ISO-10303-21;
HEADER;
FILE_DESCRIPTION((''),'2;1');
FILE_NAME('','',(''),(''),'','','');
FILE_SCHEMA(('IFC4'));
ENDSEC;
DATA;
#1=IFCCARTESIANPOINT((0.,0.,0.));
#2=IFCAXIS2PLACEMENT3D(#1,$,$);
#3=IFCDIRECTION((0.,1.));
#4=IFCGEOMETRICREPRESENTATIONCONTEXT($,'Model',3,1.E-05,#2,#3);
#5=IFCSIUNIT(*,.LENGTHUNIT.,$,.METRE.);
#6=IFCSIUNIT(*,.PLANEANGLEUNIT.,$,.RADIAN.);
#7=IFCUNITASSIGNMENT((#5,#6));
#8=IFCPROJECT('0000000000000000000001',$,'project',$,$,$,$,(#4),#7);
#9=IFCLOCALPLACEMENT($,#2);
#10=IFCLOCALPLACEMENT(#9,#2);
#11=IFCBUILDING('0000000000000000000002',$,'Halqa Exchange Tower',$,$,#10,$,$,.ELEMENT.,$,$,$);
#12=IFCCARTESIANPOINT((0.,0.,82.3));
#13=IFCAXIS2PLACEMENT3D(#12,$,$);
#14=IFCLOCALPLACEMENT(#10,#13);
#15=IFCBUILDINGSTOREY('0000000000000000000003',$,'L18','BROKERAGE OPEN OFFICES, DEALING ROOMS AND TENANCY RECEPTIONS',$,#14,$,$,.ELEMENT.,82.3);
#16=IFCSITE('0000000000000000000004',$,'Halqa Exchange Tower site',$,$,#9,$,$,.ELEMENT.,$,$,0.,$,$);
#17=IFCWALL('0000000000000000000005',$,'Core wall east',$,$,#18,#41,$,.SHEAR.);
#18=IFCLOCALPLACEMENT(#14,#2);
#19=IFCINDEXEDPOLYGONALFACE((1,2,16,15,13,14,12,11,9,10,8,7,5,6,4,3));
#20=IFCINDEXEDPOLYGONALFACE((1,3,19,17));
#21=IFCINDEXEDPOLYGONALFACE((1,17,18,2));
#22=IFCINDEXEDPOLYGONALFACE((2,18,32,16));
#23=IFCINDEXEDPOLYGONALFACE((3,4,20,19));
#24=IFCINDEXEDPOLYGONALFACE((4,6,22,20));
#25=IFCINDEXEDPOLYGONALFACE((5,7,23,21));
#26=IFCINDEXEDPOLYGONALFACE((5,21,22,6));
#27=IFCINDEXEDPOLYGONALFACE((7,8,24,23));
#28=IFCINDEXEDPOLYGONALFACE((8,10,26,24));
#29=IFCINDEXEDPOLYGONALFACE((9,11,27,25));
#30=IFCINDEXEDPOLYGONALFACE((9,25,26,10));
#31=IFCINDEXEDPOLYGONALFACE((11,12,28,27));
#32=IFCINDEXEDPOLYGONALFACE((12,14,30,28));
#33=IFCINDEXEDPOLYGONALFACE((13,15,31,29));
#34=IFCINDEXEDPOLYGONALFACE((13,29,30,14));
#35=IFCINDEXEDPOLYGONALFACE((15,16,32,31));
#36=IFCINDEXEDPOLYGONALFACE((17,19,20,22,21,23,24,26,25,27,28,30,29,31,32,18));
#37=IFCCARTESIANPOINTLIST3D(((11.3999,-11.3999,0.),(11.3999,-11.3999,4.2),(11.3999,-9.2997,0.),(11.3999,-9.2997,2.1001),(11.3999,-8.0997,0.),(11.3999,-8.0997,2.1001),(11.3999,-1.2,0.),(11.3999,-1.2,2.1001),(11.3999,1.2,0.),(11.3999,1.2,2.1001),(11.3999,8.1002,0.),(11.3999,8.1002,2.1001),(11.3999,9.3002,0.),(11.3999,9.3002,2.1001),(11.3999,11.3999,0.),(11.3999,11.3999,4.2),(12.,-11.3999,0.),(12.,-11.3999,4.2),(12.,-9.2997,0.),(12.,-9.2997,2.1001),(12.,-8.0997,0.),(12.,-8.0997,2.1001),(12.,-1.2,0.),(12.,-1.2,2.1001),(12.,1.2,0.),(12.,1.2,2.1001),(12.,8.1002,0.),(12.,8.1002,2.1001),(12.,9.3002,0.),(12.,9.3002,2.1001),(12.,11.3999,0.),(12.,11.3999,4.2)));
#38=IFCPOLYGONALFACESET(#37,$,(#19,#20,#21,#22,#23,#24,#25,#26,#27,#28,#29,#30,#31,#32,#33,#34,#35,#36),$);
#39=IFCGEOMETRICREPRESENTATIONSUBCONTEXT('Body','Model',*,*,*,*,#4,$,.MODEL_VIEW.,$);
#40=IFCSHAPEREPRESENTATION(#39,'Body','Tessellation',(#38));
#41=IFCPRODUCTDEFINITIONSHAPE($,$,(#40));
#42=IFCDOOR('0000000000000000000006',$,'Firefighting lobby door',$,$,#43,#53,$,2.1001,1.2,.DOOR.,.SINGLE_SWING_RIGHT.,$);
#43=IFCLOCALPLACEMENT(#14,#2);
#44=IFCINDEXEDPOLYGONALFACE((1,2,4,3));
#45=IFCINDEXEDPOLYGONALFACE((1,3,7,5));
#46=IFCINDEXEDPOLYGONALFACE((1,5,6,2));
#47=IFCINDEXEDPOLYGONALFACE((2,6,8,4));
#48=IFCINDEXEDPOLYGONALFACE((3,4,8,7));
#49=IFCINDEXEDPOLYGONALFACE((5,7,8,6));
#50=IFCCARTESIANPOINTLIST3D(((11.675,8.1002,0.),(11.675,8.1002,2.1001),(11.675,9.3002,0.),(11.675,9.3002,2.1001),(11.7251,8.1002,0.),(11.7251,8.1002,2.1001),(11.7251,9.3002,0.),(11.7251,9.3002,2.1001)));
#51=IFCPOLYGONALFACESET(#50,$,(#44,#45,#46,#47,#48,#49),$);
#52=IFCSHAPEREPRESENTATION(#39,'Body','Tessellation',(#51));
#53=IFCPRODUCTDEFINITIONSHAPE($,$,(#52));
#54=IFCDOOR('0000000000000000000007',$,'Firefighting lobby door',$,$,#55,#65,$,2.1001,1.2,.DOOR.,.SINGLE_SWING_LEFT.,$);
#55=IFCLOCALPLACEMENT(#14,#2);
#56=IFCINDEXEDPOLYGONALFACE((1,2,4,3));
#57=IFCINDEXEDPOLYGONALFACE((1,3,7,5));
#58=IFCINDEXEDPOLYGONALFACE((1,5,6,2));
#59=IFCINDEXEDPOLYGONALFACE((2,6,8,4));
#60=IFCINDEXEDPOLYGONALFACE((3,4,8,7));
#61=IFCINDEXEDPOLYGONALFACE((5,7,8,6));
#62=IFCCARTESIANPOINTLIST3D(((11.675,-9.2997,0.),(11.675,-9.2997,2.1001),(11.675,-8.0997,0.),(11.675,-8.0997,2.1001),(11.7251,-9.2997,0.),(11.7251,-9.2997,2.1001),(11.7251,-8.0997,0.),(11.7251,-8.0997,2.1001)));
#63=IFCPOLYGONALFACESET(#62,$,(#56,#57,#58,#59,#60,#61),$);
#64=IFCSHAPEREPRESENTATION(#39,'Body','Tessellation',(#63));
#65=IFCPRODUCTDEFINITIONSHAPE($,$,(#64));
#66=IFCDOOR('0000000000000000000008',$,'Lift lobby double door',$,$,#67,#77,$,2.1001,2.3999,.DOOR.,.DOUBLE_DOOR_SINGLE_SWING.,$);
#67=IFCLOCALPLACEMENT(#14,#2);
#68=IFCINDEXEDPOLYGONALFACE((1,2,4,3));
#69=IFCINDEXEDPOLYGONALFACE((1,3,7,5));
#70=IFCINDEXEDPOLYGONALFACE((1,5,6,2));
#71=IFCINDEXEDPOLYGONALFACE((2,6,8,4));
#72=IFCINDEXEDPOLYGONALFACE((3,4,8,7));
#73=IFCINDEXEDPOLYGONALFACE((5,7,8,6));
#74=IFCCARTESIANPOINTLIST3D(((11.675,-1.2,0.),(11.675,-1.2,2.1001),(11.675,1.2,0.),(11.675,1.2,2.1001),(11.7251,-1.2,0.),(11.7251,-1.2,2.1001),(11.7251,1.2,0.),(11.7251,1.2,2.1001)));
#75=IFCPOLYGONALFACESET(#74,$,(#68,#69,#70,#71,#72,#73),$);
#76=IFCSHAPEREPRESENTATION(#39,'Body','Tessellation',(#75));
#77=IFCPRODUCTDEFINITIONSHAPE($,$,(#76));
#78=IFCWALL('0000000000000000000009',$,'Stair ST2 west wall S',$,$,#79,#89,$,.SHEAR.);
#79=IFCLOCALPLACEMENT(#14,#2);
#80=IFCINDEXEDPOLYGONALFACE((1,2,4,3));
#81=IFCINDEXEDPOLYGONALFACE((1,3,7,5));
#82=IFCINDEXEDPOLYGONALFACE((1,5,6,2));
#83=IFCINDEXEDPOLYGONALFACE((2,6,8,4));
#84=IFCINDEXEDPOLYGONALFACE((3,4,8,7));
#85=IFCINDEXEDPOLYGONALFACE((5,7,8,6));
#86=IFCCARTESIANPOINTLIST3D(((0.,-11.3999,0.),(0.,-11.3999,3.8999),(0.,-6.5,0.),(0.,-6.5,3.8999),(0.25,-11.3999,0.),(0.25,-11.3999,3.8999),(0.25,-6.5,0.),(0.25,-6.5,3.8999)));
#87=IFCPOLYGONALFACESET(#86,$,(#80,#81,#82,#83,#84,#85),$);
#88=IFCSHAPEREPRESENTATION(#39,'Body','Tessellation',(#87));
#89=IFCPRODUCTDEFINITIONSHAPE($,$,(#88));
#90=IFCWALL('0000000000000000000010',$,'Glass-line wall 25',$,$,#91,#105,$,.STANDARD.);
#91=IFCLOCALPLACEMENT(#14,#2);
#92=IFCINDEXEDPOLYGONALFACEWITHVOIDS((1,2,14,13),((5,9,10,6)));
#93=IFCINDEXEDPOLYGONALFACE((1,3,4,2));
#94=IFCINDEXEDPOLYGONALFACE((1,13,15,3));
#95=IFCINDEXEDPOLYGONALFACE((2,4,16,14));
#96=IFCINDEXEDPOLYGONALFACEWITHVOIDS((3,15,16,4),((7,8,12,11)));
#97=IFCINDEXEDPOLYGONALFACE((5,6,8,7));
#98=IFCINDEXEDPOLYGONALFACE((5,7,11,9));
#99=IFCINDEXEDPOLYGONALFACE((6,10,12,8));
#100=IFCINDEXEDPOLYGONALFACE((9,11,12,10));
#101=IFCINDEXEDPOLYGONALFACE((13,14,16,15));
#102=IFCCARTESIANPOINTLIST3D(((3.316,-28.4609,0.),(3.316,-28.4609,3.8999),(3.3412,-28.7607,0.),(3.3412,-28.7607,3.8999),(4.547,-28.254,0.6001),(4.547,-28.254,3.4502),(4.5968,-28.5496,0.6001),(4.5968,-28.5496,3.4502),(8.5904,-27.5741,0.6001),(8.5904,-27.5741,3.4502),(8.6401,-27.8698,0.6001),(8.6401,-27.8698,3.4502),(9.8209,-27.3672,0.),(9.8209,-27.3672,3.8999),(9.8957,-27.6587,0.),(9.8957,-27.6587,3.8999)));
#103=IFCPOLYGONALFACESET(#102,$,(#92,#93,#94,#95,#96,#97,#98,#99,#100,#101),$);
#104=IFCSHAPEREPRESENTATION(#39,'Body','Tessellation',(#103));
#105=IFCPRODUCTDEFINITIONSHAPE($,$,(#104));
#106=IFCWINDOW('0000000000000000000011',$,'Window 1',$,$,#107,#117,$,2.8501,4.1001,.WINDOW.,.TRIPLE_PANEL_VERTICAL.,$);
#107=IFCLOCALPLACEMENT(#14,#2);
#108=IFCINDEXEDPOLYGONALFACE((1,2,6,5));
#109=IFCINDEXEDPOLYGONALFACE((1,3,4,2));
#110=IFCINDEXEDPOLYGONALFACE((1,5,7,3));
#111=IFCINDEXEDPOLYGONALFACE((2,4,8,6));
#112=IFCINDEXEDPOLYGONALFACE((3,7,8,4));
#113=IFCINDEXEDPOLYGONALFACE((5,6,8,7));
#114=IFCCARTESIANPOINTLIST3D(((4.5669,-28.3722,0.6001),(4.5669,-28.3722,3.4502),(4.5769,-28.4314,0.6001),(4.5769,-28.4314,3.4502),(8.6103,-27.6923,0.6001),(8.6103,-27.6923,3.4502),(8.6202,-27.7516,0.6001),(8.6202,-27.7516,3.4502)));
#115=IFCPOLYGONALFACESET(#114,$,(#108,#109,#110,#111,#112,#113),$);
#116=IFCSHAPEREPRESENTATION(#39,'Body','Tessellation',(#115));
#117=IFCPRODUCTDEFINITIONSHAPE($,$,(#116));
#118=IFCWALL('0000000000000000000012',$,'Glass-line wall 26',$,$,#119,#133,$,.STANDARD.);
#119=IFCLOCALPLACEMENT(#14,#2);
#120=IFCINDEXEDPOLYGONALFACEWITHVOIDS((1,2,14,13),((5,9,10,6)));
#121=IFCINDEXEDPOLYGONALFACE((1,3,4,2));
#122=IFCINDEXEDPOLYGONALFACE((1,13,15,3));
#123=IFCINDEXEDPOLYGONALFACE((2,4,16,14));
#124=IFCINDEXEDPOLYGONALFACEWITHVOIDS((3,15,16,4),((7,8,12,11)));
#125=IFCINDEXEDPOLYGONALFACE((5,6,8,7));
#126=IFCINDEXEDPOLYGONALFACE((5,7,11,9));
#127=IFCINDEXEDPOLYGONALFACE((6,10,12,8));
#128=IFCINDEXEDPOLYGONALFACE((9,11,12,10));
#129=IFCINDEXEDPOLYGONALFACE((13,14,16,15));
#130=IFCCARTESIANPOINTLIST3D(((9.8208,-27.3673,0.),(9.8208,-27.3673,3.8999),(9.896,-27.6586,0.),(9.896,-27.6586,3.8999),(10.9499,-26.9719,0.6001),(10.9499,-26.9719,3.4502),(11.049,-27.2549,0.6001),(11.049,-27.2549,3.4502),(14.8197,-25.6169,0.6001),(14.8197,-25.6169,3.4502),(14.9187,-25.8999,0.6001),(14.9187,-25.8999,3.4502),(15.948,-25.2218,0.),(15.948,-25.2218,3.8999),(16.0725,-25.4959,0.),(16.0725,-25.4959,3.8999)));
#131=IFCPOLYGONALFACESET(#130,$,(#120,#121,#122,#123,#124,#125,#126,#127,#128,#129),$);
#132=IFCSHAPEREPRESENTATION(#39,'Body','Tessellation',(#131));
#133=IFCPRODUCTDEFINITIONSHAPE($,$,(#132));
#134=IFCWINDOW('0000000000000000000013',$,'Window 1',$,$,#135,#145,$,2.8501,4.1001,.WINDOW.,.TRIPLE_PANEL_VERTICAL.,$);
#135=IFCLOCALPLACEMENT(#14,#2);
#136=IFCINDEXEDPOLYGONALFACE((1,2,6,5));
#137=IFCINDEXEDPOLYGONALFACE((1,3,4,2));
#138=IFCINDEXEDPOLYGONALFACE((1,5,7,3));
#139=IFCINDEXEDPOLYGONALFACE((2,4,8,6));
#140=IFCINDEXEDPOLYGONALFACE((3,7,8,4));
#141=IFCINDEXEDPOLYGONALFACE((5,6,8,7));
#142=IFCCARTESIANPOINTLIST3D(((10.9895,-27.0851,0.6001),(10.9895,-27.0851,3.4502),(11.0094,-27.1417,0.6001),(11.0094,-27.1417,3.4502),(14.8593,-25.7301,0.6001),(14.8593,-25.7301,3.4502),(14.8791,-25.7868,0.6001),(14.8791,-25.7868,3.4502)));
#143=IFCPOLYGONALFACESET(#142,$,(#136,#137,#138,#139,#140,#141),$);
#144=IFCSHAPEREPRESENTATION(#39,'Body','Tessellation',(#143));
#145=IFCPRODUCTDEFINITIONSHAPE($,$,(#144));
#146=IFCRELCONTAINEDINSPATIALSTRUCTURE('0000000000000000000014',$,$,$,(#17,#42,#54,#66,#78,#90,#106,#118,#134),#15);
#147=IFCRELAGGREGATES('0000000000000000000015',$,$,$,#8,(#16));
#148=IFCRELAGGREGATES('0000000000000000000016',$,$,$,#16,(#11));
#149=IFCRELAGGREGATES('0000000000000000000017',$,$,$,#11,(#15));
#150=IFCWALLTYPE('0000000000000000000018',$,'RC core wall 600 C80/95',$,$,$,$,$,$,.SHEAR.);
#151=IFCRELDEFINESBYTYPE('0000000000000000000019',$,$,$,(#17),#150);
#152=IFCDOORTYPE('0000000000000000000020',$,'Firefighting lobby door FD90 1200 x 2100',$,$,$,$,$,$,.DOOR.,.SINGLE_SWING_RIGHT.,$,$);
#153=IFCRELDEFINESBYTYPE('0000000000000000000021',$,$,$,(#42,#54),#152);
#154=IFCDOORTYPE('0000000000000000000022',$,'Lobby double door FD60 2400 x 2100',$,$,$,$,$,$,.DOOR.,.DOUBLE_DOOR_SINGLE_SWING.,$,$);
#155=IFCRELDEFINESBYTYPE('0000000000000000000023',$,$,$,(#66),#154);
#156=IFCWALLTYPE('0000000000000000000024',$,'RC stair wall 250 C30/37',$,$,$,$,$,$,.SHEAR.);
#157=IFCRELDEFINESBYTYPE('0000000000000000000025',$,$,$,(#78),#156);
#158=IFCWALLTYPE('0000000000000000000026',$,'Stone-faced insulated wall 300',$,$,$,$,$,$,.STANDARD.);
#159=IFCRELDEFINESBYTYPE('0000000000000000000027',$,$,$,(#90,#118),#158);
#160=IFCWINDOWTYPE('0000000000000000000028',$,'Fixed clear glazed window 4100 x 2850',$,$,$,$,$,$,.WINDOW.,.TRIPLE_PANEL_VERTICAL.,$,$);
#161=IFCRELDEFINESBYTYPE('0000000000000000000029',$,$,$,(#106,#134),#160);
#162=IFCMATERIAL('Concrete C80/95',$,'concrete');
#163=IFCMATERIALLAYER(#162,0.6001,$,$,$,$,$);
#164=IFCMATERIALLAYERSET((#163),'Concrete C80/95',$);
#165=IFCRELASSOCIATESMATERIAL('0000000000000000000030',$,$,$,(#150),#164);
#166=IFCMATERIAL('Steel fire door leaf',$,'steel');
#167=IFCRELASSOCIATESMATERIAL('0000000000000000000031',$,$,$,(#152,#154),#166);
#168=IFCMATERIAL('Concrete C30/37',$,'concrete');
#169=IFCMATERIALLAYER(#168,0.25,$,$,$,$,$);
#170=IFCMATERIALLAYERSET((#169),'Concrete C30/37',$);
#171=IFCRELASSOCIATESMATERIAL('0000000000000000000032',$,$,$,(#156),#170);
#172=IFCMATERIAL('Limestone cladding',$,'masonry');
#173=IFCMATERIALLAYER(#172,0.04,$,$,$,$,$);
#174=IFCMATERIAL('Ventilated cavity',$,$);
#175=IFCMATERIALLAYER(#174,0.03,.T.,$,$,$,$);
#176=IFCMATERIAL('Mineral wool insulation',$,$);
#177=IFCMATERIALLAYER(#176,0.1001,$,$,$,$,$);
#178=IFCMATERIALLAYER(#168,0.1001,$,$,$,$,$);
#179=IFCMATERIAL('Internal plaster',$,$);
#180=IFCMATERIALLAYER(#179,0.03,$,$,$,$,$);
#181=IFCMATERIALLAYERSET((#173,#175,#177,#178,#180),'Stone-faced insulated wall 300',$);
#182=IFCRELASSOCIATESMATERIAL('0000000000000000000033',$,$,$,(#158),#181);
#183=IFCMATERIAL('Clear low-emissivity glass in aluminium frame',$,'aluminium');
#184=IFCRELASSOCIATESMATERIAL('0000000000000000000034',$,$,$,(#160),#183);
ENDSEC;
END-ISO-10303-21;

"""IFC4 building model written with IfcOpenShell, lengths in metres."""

from ifc_helpers import new_model, si_unit, direction, frame, frame_2d, origin, place, context, subcontext, project, spatial, polyline, rectangle, outline, extrude, material, layer, layer_set, type_object, element, fill, save


model = new_model("IFC4")

# Units and contexts
model_context = context("Model", 3, precision=1e-05, world=origin(), true_north=direction((0.0, 1.0)))
body_context = subcontext(model_context, "Body", "Model", "MODEL_VIEW")
ifc_project = project(units=[si_unit("LENGTHUNIT", "METRE"), si_unit("PLANEANGLEUNIT", "RADIAN")], contexts=[model_context])

# Site, building, storey
site_placement = place(None, origin())
site = spatial("IfcSite", under=ifc_project, at=site_placement, Name="Halqa Exchange Tower site", CompositionType="ELEMENT", RefElevation=0.0)
building_placement = place(site_placement, origin())
building = spatial("IfcBuilding", under=site, at=building_placement, Name="Halqa Exchange Tower", CompositionType="ELEMENT")
storey_placement = place(building_placement, frame((0.0, 0.0, 82.3)))
storey = spatial("IfcBuildingStorey", under=building, at=storey_placement, Name="L18", Description="BROKERAGE OPEN OFFICES, DEALING ROOMS AND TENANCY RECEPTIONS", CompositionType="ELEMENT", Elevation=82.3)

# Wall, openings, doors
ifc_material_1 = material(Name="Concrete C80/95", Category="concrete")
ifc_layer_1 = layer(ifc_material_1, 0.6001)
ifc_layer_set_1 = layer_set([ifc_layer_1], Name="Concrete C80/95")
wall_type_1 = type_object("IfcWallType", Name="RC core wall 600 C80/95", PredefinedType="SHEAR", material=ifc_layer_set_1)
wall_1_placement = place(storey_placement, frame((11.7, -11.3999, 0.0), z_axis=(0.0, 0.0, 1.0), x_axis=(0.0, 1.0, 0.0)))
wall_1 = element("IfcWall", 1, at=wall_1_placement, inside=storey, type_object=wall_type_1, Name="Core wall east", PredefinedType="SHEAR", context=body_context, shape_type="SweptSolid", body=[
    extrude(rectangle(XDim=22.7998, YDim=0.6001, at=frame_2d((11.3999, 0.0))), origin(), (0.0, 0.0, 1.0), 4.2),
])
opening_1_placement = place(wall_1_placement, frame((10.2, 0.0, 0.0)))
opening_1 = element("IfcOpeningElement", 2, at=opening_1_placement, cuts=wall_1, PredefinedType="OPENING", context=body_context, shape_type="SweptSolid", body=[
    extrude(rectangle(XDim=2.3999, YDim=2.1001, at=frame_2d((1.2, 1.05))), frame((0.0, 0.312, 0.0), z_axis=(0.0, -1.0, 0.0), x_axis=(1.0, 0.0, 0.0)), (0.0, 0.0, 1.0), 0.624),
])
opening_2_placement = place(wall_1_placement, frame((19.5, 0.0, 0.0)))
opening_2 = element("IfcOpeningElement", 3, at=opening_2_placement, cuts=wall_1, PredefinedType="OPENING", context=body_context, shape_type="SweptSolid", body=[
    extrude(rectangle(XDim=1.2, YDim=2.1001, at=frame_2d((0.6001, 1.05))), frame((0.0, 0.312, 0.0), z_axis=(0.0, -1.0, 0.0), x_axis=(1.0, 0.0, 0.0)), (0.0, 0.0, 1.0), 0.624),
])
opening_3_placement = place(wall_1_placement, frame((2.1001, 0.0, 0.0)))
opening_3 = element("IfcOpeningElement", 4, at=opening_3_placement, cuts=wall_1, PredefinedType="OPENING", context=body_context, shape_type="SweptSolid", body=[
    extrude(rectangle(XDim=1.2, YDim=2.1001, at=frame_2d((0.6001, 1.05))), frame((0.0, 0.312, 0.0), z_axis=(0.0, -1.0, 0.0), x_axis=(1.0, 0.0, 0.0)), (0.0, 0.0, 1.0), 0.624),
])
ifc_material_2 = material(Name="Steel fire door leaf", Category="steel")
door_type_1 = type_object("IfcDoorType", Name="Firefighting lobby door FD90 1200 x 2100", OperationType="SINGLE_SWING_RIGHT", PredefinedType="DOOR", material=ifc_material_2)
door_1_placement = place(opening_2_placement, origin())
door_1 = element("IfcDoor", 5, at=door_1_placement, inside=storey, type_object=door_type_1, Name="Firefighting lobby door", OperationType="SINGLE_SWING_RIGHT", OverallHeight=2.1001, OverallWidth=1.2, PredefinedType="DOOR", context=body_context, shape_type="SweptSolid", body=[
    extrude(rectangle(XDim=1.2, YDim=2.1001, at=frame_2d((0.6001, 1.05))), frame((0.0, 0.0249, 0.0), z_axis=(0.0, -1.0, 0.0), x_axis=(1.0, 0.0, 0.0)), (0.0, 0.0, 1.0), 0.05),
])
fill(opening_2, door_1)
door_2_placement = place(opening_3_placement, origin())
door_2 = element("IfcDoor", 6, at=door_2_placement, inside=storey, type_object=door_type_1, Name="Firefighting lobby door", OperationType="SINGLE_SWING_LEFT", OverallHeight=2.1001, OverallWidth=1.2, PredefinedType="DOOR", context=body_context, shape_type="SweptSolid", body=[
    extrude(rectangle(XDim=1.2, YDim=2.1001, at=frame_2d((0.6001, 1.05))), frame((0.0, 0.0249, 0.0), z_axis=(0.0, -1.0, 0.0), x_axis=(1.0, 0.0, 0.0)), (0.0, 0.0, 1.0), 0.05),
])
fill(opening_3, door_2)
door_type_2 = type_object("IfcDoorType", Name="Lobby double door FD60 2400 x 2100", OperationType="DOUBLE_DOOR_SINGLE_SWING", PredefinedType="DOOR", material=ifc_material_2)
door_3_placement = place(opening_1_placement, origin())
door_3 = element("IfcDoor", 7, at=door_3_placement, inside=storey, type_object=door_type_2, Name="Lift lobby double door", OperationType="DOUBLE_DOOR_SINGLE_SWING", OverallHeight=2.1001, OverallWidth=2.3999, PredefinedType="DOOR", context=body_context, shape_type="SweptSolid", body=[
    extrude(rectangle(XDim=2.3999, YDim=2.1001, at=frame_2d((1.2, 1.05))), frame((0.0, 0.0249, 0.0), z_axis=(0.0, -1.0, 0.0), x_axis=(1.0, 0.0, 0.0)), (0.0, 0.0, 1.0), 0.05),
])
fill(opening_1, door_3)

# Wall
ifc_material_3 = material(Name="Concrete C30/37", Category="concrete")
ifc_layer_2 = layer(ifc_material_3, 0.25)
ifc_layer_set_2 = layer_set([ifc_layer_2], Name="Concrete C30/37")
wall_type_2 = type_object("IfcWallType", Name="RC stair wall 250 C30/37", PredefinedType="SHEAR", material=ifc_layer_set_2)
wall_2_placement = place(storey_placement, frame((0.125, -11.3999, 0.0), z_axis=(0.0, 0.0, 1.0), x_axis=(0.0, 1.0, 0.0)))
element("IfcWall", 8, at=wall_2_placement, inside=storey, type_object=wall_type_2, Name="Stair ST2 west wall S", PredefinedType="SHEAR", context=body_context, shape_type="SweptSolid", body=[
    extrude(rectangle(XDim=4.8999, YDim=0.25, at=frame_2d((2.45, 0.0))), origin(), (0.0, 0.0, 1.0), 3.8999),
])

# Walls, openings, windows
ifc_material_4 = material(Name="Limestone cladding", Category="masonry")
ifc_layer_3 = layer(ifc_material_4, 0.04)
ifc_material_5 = material(Name="Ventilated cavity")
ifc_layer_4 = layer(ifc_material_5, 0.03, ventilated=True)
ifc_material_6 = material(Name="Mineral wool insulation")
ifc_layer_5 = layer(ifc_material_6, 0.1001)
ifc_layer_6 = layer(ifc_material_3, 0.1001)
ifc_material_7 = material(Name="Internal plaster")
ifc_layer_7 = layer(ifc_material_7, 0.03)
ifc_layer_set_3 = layer_set([ifc_layer_3, ifc_layer_4, ifc_layer_5, ifc_layer_6, ifc_layer_7], Name="Stone-faced insulated wall 300")
wall_type_3 = type_object("IfcWallType", Name="Stone-faced insulated wall 300", PredefinedType="STANDARD", material=ifc_layer_set_3)
wall_3_placement = place(storey_placement, frame((3.3286, -28.6108, 0.0), z_axis=(0.0, 0.0, 1.0), x_axis=(0.986158, 0.16581, 0.0)))
wall_3 = element("IfcWall", 9, at=wall_3_placement, inside=storey, type_object=wall_type_3, Name="Glass-line wall 25", PredefinedType="STANDARD", context=body_context, shape_type="SweptSolid", body=[
    extrude(outline(polyline([(-0.0125, -0.1499), (6.634, -0.1499), (6.6086, 0.1499), (0.0125, 0.1499), (-0.0125, -0.1499)])), origin(), (0.0, 0.0, 1.0), 3.8999),
])
opening_4_placement = place(wall_3_placement, frame((1.2607, 0.0, 0.6001)))
opening_4 = element("IfcOpeningElement", 10, at=opening_4_placement, cuts=wall_3, PredefinedType="OPENING", context=body_context, shape_type="SweptSolid", body=[
    extrude(rectangle(XDim=4.1001, YDim=2.8501, at=frame_2d((2.05, 1.425))), frame((0.0, 0.1621, 0.0), z_axis=(0.0, -1.0, 0.0), x_axis=(1.0, 0.0, 0.0)), (0.0, 0.0, 1.0), 0.324),
])
ifc_material_8 = material(Name="Clear low-emissivity glass in aluminium frame", Category="aluminium")
window_type = type_object("IfcWindowType", Name="Fixed clear glazed window 4100 x 2850", PartitioningType="TRIPLE_PANEL_VERTICAL", PredefinedType="WINDOW", material=ifc_material_8)
window_1_placement = place(opening_4_placement, origin())
window_1 = element("IfcWindow", 11, at=window_1_placement, inside=storey, type_object=window_type, Name="Window 1", OverallHeight=2.8501, OverallWidth=4.1001, PartitioningType="TRIPLE_PANEL_VERTICAL", PredefinedType="WINDOW", context=body_context, shape_type="SweptSolid", body=[
    extrude(rectangle(XDim=4.1001, YDim=2.8501, at=frame_2d((2.05, 1.425))), frame((0.0, 0.03, 0.0), z_axis=(0.0, -1.0, 0.0), x_axis=(1.0, 0.0, 0.0)), (0.0, 0.0, 1.0), 0.0601),
])
fill(opening_4, window_1)
wall_4_placement = place(storey_placement, frame((9.8584, -27.5129, 0.0), z_axis=(0.0, 0.0, 1.0), x_axis=(0.943815, 0.330474, 0.0)))
wall_4 = element("IfcWall", 12, at=wall_4_placement, inside=storey, type_object=wall_type_3, Name="Glass-line wall 26", PredefinedType="STANDARD", context=body_context, shape_type="SweptSolid", body=[
    extrude(outline(polyline([(-0.0127, -0.1499), (6.5315, -0.1499), (6.5046, 0.1499), (0.0127, 0.1499), (-0.0127, -0.1499)])), origin(), (0.0, 0.0, 1.0), 3.8999),
])
opening_5_placement = place(wall_4_placement, frame((1.209, 0.0, 0.6001)))
opening_5 = element("IfcOpeningElement", 13, at=opening_5_placement, cuts=wall_4, PredefinedType="OPENING", context=body_context, shape_type="SweptSolid", body=[
    extrude(rectangle(XDim=4.1001, YDim=2.8501, at=frame_2d((2.05, 1.425))), frame((0.0, 0.1621, 0.0), z_axis=(0.0, -1.0, 0.0), x_axis=(1.0, 0.0, 0.0)), (0.0, 0.0, 1.0), 0.324),
])
window_2_placement = place(opening_5_placement, origin())
window_2 = element("IfcWindow", 14, at=window_2_placement, inside=storey, type_object=window_type, Name="Window 1", OverallHeight=2.8501, OverallWidth=4.1001, PartitioningType="TRIPLE_PANEL_VERTICAL", PredefinedType="WINDOW", context=body_context, shape_type="SweptSolid", body=[
    extrude(rectangle(XDim=4.1001, YDim=2.8501, at=frame_2d((2.05, 1.425))), frame((0.0, 0.03, 0.0), z_axis=(0.0, -1.0, 0.0), x_axis=(1.0, 0.0, 0.0)), (0.0, 0.0, 1.0), 0.0601),
])
fill(opening_5, window_2)

save(model, "model.ifc")
